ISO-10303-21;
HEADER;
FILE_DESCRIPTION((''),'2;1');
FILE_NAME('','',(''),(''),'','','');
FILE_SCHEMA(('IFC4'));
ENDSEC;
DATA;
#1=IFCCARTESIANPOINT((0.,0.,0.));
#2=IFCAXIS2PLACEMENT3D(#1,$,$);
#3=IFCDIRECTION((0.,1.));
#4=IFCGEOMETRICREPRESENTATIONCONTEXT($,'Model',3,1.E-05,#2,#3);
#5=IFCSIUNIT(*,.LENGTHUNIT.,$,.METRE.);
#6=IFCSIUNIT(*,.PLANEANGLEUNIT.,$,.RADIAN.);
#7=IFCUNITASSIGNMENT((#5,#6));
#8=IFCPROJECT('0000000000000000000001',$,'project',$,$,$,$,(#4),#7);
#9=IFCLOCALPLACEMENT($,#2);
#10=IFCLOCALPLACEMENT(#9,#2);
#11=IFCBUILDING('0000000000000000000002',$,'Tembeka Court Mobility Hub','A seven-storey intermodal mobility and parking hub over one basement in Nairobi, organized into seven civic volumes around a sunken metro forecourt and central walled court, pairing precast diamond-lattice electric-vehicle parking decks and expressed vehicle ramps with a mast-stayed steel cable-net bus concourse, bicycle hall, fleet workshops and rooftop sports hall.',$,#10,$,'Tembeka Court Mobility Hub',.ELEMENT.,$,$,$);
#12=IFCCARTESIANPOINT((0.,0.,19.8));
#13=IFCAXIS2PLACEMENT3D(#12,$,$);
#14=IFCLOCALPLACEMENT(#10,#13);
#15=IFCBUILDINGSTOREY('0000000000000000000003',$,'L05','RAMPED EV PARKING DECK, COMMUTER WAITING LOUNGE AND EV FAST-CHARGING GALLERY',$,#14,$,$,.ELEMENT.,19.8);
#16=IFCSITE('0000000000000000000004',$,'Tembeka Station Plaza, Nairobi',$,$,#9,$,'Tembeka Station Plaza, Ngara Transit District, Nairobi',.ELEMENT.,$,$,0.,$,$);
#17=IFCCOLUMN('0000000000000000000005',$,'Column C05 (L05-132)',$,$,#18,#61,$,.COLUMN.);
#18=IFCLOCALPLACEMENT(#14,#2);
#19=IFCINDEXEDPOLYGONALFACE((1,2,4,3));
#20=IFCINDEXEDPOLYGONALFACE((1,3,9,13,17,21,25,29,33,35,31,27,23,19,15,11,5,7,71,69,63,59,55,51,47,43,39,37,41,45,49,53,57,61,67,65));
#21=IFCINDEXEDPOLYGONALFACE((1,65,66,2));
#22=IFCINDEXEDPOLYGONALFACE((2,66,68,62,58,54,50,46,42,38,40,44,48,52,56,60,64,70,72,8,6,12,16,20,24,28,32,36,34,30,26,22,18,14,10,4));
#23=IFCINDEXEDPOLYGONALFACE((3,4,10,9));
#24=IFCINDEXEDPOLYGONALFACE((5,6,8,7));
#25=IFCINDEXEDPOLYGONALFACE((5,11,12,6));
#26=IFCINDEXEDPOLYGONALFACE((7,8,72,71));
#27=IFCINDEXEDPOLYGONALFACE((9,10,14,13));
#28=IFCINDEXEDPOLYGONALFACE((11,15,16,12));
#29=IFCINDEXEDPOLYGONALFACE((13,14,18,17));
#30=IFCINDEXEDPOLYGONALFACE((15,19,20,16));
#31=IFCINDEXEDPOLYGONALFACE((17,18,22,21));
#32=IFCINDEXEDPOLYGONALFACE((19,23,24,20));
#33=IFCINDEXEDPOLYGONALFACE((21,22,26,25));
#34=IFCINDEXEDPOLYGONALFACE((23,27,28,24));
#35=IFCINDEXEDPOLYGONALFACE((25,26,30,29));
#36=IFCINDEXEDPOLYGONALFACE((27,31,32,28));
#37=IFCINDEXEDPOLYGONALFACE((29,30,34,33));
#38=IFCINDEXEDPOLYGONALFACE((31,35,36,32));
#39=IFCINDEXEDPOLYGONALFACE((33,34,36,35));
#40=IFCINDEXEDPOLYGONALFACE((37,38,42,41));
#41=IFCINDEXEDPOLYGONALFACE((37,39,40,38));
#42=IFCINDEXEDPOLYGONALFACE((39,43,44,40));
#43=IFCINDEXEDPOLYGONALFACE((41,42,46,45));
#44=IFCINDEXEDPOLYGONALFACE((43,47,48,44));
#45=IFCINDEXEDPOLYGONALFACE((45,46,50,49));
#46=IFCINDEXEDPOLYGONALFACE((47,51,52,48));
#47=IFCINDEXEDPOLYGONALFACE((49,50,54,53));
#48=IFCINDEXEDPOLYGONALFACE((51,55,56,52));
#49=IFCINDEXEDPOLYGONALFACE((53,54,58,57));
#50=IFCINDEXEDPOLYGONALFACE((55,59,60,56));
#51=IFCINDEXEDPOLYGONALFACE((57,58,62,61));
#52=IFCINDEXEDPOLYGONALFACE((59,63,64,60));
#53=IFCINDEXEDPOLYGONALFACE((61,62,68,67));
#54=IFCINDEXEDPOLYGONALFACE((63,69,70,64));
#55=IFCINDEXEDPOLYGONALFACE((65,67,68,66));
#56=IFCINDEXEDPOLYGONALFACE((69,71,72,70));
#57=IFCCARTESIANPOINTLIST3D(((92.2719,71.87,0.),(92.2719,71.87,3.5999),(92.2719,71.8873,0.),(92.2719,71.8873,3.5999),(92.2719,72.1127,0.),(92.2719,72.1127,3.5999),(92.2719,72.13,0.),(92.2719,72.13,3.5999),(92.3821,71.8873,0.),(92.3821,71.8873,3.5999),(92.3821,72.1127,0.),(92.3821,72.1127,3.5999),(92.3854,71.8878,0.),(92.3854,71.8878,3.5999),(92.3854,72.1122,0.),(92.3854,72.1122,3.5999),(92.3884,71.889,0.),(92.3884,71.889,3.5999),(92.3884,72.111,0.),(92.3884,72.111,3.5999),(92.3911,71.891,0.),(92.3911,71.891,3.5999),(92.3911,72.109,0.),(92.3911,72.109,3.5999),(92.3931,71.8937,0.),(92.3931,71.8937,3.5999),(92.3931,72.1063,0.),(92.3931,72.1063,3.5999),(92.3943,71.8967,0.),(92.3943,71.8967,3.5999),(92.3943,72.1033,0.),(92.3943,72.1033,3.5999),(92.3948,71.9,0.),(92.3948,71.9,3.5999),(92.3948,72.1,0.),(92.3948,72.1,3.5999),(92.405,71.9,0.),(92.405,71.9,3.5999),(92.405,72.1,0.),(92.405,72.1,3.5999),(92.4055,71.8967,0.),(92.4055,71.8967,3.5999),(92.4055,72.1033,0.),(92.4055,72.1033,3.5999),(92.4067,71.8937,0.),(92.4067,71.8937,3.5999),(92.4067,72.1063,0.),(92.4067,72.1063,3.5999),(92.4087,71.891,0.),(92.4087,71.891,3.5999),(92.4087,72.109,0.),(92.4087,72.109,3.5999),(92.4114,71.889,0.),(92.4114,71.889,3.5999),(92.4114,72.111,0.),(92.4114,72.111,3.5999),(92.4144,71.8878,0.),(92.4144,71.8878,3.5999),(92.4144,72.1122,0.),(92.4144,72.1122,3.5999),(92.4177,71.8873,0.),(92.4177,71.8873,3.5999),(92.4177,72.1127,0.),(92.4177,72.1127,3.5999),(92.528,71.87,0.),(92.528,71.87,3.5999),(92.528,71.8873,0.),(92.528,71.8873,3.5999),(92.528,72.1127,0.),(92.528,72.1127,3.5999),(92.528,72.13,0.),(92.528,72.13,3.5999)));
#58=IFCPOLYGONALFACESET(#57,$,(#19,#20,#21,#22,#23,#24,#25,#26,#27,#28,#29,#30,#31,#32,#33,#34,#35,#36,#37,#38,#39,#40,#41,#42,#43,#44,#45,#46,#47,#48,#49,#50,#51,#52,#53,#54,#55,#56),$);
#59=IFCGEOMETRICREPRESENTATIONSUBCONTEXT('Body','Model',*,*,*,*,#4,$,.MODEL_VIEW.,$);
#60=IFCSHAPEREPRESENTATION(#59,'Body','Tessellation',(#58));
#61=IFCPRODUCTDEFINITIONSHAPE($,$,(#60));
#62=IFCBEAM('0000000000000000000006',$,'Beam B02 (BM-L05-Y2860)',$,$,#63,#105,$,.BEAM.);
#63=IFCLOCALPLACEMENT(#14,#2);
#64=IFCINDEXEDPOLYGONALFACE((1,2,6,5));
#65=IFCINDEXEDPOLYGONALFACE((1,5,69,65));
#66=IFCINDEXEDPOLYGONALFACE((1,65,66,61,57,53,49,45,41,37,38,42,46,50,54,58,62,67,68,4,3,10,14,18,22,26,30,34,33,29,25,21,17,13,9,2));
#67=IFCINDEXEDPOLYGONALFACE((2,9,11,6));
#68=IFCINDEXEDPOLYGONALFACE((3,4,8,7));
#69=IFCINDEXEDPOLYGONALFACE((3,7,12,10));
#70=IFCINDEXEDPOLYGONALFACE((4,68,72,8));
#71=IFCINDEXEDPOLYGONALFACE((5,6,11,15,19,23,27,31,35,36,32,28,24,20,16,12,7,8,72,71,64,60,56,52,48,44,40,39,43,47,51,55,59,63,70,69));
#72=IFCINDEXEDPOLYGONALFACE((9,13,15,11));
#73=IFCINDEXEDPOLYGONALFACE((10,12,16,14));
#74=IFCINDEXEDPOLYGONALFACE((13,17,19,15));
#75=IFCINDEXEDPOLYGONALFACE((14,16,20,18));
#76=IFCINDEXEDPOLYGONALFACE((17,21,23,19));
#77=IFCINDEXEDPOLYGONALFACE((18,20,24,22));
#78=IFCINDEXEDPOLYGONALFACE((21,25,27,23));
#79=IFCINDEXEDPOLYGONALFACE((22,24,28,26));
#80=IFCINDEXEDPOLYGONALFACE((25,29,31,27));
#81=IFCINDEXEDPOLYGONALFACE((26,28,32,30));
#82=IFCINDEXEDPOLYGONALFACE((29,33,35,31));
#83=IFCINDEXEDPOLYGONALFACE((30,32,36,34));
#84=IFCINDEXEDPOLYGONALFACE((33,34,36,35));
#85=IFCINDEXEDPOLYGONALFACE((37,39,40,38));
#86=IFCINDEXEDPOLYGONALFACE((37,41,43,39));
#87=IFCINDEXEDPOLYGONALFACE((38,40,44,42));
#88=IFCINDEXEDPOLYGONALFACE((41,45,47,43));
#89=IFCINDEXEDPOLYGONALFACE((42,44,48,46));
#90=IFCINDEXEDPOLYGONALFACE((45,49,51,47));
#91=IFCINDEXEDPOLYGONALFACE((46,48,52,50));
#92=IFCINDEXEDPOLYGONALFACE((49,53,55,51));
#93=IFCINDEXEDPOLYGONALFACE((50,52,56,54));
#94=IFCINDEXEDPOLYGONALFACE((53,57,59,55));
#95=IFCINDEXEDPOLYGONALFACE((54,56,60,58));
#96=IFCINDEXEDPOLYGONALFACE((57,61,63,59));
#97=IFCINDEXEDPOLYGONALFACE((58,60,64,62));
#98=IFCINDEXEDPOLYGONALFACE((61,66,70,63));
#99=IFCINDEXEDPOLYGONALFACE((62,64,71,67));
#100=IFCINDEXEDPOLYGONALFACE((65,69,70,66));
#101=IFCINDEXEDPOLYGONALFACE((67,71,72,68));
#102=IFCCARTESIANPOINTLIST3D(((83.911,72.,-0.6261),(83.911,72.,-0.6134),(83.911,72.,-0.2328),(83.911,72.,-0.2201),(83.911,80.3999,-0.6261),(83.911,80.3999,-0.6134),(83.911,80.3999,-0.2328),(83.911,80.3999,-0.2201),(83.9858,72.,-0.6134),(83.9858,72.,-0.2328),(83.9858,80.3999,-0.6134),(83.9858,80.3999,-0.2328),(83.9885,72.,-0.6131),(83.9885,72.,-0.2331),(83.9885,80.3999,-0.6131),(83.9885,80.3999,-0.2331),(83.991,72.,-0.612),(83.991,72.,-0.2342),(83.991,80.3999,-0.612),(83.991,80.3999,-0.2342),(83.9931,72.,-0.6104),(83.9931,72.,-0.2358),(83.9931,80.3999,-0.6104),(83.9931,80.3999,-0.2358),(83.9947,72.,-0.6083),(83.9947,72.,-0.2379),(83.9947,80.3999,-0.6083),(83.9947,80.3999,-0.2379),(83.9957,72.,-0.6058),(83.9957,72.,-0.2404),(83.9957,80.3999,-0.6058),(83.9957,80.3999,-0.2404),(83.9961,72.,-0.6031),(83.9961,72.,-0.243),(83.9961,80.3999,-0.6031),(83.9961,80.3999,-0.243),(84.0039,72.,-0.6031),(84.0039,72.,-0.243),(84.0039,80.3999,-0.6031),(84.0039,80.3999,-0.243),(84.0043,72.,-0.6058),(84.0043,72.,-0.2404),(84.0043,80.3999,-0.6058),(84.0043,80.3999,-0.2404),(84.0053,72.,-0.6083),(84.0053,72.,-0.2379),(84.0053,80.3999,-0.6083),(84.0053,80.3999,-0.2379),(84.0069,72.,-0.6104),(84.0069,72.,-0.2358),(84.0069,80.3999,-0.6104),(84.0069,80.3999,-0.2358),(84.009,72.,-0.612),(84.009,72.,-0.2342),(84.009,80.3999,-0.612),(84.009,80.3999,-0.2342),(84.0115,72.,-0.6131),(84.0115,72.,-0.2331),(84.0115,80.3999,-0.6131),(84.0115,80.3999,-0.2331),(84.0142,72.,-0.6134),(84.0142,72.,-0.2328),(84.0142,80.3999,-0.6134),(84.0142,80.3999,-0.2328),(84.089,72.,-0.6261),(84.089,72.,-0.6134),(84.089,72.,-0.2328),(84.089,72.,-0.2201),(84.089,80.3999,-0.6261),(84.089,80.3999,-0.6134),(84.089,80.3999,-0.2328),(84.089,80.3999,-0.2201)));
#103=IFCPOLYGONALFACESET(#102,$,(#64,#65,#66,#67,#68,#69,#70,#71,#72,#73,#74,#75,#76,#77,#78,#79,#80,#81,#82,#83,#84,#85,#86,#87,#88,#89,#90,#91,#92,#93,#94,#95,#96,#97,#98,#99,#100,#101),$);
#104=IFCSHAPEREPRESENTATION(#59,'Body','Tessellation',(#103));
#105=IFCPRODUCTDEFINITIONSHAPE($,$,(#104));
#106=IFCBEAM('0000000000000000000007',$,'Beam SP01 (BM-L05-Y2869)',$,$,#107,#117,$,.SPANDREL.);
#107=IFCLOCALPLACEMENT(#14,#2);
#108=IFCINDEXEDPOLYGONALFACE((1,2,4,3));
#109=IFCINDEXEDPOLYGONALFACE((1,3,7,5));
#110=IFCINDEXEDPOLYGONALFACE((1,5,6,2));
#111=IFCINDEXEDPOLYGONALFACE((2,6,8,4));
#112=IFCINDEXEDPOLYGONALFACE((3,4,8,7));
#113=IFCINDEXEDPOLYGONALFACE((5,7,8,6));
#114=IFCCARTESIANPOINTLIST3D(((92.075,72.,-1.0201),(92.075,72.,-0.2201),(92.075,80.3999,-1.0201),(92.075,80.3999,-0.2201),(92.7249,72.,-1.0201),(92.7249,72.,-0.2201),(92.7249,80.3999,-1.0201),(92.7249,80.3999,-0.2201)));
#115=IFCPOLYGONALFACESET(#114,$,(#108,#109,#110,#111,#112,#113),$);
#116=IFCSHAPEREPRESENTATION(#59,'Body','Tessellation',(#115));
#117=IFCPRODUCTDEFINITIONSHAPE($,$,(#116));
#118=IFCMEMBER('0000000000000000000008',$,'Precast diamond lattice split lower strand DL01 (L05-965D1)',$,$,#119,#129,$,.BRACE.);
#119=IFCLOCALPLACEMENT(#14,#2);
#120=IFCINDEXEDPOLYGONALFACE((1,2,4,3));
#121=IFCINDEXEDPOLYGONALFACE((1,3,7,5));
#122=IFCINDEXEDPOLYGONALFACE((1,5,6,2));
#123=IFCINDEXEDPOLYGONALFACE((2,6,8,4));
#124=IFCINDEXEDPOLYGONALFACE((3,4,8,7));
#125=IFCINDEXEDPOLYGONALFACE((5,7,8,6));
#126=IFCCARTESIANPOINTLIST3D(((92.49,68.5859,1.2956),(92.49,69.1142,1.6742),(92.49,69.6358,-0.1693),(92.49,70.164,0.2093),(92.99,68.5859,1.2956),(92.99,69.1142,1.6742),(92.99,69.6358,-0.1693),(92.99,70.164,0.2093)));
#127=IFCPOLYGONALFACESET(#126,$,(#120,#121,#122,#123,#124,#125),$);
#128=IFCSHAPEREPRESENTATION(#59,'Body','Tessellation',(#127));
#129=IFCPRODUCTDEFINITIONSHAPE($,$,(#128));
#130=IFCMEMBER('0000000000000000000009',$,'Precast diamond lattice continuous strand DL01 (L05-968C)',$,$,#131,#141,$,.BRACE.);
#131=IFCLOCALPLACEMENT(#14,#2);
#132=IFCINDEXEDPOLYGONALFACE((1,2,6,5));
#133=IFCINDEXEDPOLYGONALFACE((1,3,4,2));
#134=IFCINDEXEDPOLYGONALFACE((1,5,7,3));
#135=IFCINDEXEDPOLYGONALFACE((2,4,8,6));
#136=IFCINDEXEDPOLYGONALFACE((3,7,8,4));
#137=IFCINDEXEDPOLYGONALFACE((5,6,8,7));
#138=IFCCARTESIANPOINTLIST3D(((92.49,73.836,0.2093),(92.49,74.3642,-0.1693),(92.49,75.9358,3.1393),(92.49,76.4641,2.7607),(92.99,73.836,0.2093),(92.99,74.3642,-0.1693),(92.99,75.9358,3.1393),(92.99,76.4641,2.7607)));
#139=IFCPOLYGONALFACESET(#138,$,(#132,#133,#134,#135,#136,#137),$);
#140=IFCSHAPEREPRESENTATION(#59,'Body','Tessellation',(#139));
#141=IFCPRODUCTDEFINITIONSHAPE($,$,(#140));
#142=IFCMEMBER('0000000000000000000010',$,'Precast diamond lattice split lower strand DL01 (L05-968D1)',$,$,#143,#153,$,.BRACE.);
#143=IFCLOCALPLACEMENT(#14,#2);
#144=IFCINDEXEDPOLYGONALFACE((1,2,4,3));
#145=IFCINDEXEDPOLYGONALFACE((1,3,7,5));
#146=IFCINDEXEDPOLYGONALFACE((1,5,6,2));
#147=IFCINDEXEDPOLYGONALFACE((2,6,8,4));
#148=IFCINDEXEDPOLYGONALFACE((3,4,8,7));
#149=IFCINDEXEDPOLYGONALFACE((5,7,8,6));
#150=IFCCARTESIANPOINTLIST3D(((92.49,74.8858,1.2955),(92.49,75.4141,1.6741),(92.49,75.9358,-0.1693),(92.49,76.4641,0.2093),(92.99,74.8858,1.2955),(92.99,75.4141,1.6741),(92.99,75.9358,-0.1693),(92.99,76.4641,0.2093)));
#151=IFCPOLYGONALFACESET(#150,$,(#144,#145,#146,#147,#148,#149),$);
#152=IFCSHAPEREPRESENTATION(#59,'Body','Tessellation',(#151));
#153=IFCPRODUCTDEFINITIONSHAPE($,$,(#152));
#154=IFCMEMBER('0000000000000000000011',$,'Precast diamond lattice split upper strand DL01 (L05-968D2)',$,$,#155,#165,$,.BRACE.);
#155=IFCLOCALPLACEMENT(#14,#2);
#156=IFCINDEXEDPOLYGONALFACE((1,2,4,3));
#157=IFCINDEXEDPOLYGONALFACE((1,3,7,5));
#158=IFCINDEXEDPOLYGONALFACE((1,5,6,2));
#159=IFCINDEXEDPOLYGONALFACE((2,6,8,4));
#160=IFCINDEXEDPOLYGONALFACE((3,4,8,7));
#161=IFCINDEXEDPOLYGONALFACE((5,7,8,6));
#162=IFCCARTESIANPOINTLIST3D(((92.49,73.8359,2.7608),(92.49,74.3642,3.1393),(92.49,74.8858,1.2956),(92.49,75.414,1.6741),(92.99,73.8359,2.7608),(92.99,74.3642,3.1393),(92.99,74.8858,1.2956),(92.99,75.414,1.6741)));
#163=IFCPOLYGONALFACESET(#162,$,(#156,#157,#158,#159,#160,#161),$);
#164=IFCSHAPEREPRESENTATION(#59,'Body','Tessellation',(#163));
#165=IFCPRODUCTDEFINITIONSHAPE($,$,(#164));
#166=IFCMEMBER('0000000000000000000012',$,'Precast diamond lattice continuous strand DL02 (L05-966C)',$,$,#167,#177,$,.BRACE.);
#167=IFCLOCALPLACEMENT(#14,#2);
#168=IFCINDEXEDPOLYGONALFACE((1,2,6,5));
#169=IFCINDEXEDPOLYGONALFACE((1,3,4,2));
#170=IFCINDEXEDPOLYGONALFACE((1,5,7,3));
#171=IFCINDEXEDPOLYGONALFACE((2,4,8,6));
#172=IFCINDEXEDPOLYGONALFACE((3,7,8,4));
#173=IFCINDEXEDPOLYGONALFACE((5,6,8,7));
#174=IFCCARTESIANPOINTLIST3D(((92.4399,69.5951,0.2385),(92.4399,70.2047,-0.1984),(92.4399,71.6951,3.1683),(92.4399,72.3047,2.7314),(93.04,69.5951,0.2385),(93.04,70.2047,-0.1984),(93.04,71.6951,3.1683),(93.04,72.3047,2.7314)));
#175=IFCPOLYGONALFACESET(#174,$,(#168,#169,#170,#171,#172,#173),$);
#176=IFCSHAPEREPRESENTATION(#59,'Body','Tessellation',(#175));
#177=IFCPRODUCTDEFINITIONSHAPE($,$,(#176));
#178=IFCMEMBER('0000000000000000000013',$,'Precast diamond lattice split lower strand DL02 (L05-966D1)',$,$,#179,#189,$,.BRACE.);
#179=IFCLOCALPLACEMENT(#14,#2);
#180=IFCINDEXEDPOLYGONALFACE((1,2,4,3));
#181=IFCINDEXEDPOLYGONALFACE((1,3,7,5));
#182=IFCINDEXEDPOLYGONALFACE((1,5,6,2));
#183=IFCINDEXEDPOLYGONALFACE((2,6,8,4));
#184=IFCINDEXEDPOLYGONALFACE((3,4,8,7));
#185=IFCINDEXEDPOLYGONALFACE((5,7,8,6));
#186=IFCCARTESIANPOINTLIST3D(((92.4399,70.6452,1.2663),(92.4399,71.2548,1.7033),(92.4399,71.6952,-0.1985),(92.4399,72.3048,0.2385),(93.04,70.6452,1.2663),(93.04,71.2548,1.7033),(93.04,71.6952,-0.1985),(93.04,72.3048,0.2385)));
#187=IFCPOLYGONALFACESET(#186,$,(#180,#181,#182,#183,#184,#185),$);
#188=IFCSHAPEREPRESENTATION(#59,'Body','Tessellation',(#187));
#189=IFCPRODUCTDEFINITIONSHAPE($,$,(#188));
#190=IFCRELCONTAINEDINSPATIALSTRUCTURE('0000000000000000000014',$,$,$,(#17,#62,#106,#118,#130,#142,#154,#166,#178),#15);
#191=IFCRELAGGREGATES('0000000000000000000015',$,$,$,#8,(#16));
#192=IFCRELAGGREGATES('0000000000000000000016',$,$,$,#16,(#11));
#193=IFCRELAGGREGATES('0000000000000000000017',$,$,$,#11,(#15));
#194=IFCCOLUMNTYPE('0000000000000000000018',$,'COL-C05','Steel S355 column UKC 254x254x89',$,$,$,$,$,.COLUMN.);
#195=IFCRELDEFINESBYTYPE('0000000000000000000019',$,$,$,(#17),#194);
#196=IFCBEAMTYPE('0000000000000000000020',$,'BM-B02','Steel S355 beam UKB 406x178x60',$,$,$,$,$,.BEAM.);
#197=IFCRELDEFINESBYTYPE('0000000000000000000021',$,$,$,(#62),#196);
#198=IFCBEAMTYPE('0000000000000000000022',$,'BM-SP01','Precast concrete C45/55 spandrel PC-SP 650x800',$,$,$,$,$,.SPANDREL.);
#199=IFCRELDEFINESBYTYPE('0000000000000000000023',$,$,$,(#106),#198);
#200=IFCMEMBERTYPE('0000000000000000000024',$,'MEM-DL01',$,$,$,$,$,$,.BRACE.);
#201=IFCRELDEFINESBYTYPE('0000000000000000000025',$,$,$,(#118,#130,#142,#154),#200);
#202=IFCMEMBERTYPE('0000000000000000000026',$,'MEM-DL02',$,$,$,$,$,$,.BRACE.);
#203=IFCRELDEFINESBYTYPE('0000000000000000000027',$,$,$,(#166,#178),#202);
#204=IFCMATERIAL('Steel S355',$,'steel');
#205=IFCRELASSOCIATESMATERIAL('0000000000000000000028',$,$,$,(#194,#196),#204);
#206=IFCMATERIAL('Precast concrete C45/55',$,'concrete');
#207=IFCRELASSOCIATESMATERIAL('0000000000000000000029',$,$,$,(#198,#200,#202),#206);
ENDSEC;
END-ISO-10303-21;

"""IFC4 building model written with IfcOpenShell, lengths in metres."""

from ifc_helpers import new_model, si_unit, direction, frame, origin, origin_2d, place, context, subcontext, project, spatial, rectangle, i_section, extrude, material, material_profile, profile_set, type_object, element, save


model = new_model("IFC4")

# Units and contexts
model_context = context("Model", 3, precision=1e-05, world=origin(), true_north=direction((0.0, 1.0)))
body_context = subcontext(model_context, "Body", "Model", "MODEL_VIEW")
ifc_project = project(units=[si_unit("LENGTHUNIT", "METRE"), si_unit("PLANEANGLEUNIT", "RADIAN")], contexts=[model_context])

# Site, building, storey
site_placement = place(None, origin())
site = spatial("IfcSite", under=ifc_project, at=site_placement, Name="Tembeka Station Plaza, Nairobi", LongName="Tembeka Station Plaza, Ngara Transit District, Nairobi", CompositionType="ELEMENT", RefElevation=0.0)
building_placement = place(site_placement, origin())
building = spatial("IfcBuilding", under=site, at=building_placement, Name="Tembeka Court Mobility Hub", Description="A seven-storey intermodal mobility and parking hub over one basement in Nairobi, organized into seven civic volumes around a sunken metro forecourt and central walled court, pairing precast diamond-lattice electric-vehicle parking decks and expressed vehicle ramps with a mast-stayed steel cable-net bus concourse, bicycle hall, fleet workshops and rooftop sports hall.", LongName="Tembeka Court Mobility Hub", CompositionType="ELEMENT")
storey_placement = place(building_placement, frame((0.0, 0.0, 19.8)))
storey = spatial("IfcBuildingStorey", under=building, at=storey_placement, Name="L05", Description="RAMPED EV PARKING DECK, COMMUTER WAITING LOUNGE AND EV FAST-CHARGING GALLERY", CompositionType="ELEMENT", Elevation=19.8)

# Column
ifc_material_1 = material(Name="Steel S355", Category="steel")
ifc_material_profile_1 = material_profile(ifc_material_1, i_section(OverallWidth=0.2561, OverallDepth=0.26, WebThickness=0.0103, FlangeThickness=0.0173, FilletRadius=0.0127, at=origin_2d()), Name="UKC 254x254x89")
ifc_profile_set_1 = profile_set([ifc_material_profile_1], Name="Steel S355")
column_type = type_object("IfcColumnType", Name="COL-C05", Description="Steel S355 column UKC 254x254x89", PredefinedType="COLUMN", material=ifc_profile_set_1)
column_placement = place(storey_placement, frame((92.3999, 72.0, 0.0), z_axis=(0.0, 0.0, 1.0), x_axis=(1.0, 0.0, 0.0)))
element("IfcColumn", 1, at=column_placement, inside=storey, type_object=column_type, Name="Column C05 (L05-132)", PredefinedType="COLUMN", context=body_context, shape_type="SweptSolid", body=[
    extrude(i_section(OverallWidth=0.2561, OverallDepth=0.26, WebThickness=0.0103, FlangeThickness=0.0173, FilletRadius=0.0127, at=origin_2d()), origin(), (0.0, 0.0, 1.0), 3.5999),
])

# Beams
ifc_material_profile_2 = material_profile(ifc_material_1, i_section(OverallWidth=0.178, OverallDepth=0.406, WebThickness=0.0078, FlangeThickness=0.0127, FilletRadius=0.0103, at=origin_2d()), Name="UKB 406x178x60")
ifc_profile_set_2 = profile_set([ifc_material_profile_2], Name="Steel S355")
beam_type_1 = type_object("IfcBeamType", Name="BM-B02", Description="Steel S355 beam UKB 406x178x60", PredefinedType="BEAM", material=ifc_profile_set_2)
beam_1_placement = place(storey_placement, frame((84.0, 72.0, -0.4231), z_axis=(0.0, 1.0, 0.0), x_axis=(-1.0, 0.0, 0.0)))
element("IfcBeam", 2, at=beam_1_placement, inside=storey, type_object=beam_type_1, Name="Beam B02 (BM-L05-Y2860)", PredefinedType="BEAM", context=body_context, shape_type="SweptSolid", body=[
    extrude(i_section(OverallWidth=0.178, OverallDepth=0.406, WebThickness=0.0078, FlangeThickness=0.0127, FilletRadius=0.0103, at=origin_2d()), origin(), (0.0, 0.0, 1.0), 8.3999),
])
ifc_material_2 = material(Name="Precast concrete C45/55", Category="concrete")
ifc_material_profile_3 = material_profile(ifc_material_2, rectangle(XDim=0.6499, YDim=0.8, at=origin_2d()), Name="PC-SP 650x800")
ifc_profile_set_3 = profile_set([ifc_material_profile_3], Name="Precast concrete C45/55")
beam_type_2 = type_object("IfcBeamType", Name="BM-SP01", Description="Precast concrete C45/55 spandrel PC-SP 650x800", PredefinedType="SPANDREL", material=ifc_profile_set_3)
beam_2_placement = place(storey_placement, frame((92.3999, 72.0, -0.6201), z_axis=(0.0, 1.0, 0.0), x_axis=(-1.0, 0.0, 0.0)))
element("IfcBeam", 3, at=beam_2_placement, inside=storey, type_object=beam_type_2, Name="Beam SP01 (BM-L05-Y2869)", PredefinedType="SPANDREL", context=body_context, shape_type="SweptSolid", body=[
    extrude(rectangle(XDim=0.6499, YDim=0.8, at=origin_2d()), origin(), (0.0, 0.0, 1.0), 8.3999),
])

# Members
ifc_material_profile_4 = material_profile(ifc_material_2, rectangle(XDim=0.5, YDim=0.6499, at=origin_2d()), Name="PC-DIAG 500x650")
ifc_profile_set_4 = profile_set([ifc_material_profile_4], Name="Precast concrete C45/55")
member_type_1 = type_object("IfcMemberType", Name="MEM-DL01", PredefinedType="BRACE", material=ifc_profile_set_4)
member_1_placement = place(storey_placement, frame((92.74, 69.8999, 0.02), z_axis=(0.0, -0.582519, 0.812817), x_axis=(1.0, 0.0, 0.0)))
element("IfcMember", 4, at=member_1_placement, inside=storey, type_object=member_type_1, Name="Precast diamond lattice split lower strand DL01 (L05-965D1)", PredefinedType="BRACE", context=body_context, shape_type="SweptSolid", body=[
    extrude(rectangle(XDim=0.5, YDim=0.6499, at=origin_2d()), origin(), (0.0, 0.0, 1.0), 1.8022),
])
member_2_placement = place(storey_placement, frame((92.74, 74.1001, 0.02), z_axis=(0.0, 0.582532, 0.812808), x_axis=(-1.0, 0.0, 0.0)))
element("IfcMember", 5, at=member_2_placement, inside=storey, type_object=member_type_1, Name="Precast diamond lattice continuous strand DL01 (L05-968C)", PredefinedType="BRACE", context=body_context, shape_type="SweptSolid", body=[
    extrude(rectangle(XDim=0.5, YDim=0.6499, at=origin_2d()), origin(), (0.0, 0.0, 1.0), 3.6047),
])
member_3_placement = place(storey_placement, frame((92.74, 76.2, 0.02), z_axis=(0.0, -0.582608, 0.812753), x_axis=(1.0, 0.0, 0.0)))
element("IfcMember", 6, at=member_3_placement, inside=storey, type_object=member_type_1, Name="Precast diamond lattice split lower strand DL01 (L05-968D1)", PredefinedType="BRACE", context=body_context, shape_type="SweptSolid", body=[
    extrude(rectangle(XDim=0.5, YDim=0.6499, at=origin_2d()), origin(), (0.0, 0.0, 1.0), 1.8022),
])
member_4_placement = place(storey_placement, frame((92.74, 75.1499, 1.4849), z_axis=(0.0, -0.582455, 0.812863), x_axis=(1.0, 0.0, 0.0)))
element("IfcMember", 7, at=member_4_placement, inside=storey, type_object=member_type_1, Name="Precast diamond lattice split upper strand DL01 (L05-968D2)", PredefinedType="BRACE", context=body_context, shape_type="SweptSolid", body=[
    extrude(rectangle(XDim=0.5, YDim=0.6499, at=origin_2d()), origin(), (0.0, 0.0, 1.0), 1.8025),
])
ifc_material_profile_5 = material_profile(ifc_material_2, rectangle(XDim=0.6001, YDim=0.75, at=origin_2d()), Name="PC-DIAG 600x750")
ifc_profile_set_5 = profile_set([ifc_material_profile_5], Name="Precast concrete C45/55")
member_type_2 = type_object("IfcMemberType", Name="MEM-DL02", PredefinedType="BRACE", material=ifc_profile_set_5)
member_5_placement = place(storey_placement, frame((92.74, 69.8999, 0.02), z_axis=(0.0, 0.582576, 0.812776), x_axis=(-1.0, 0.0, 0.0)))
element("IfcMember", 8, at=member_5_placement, inside=storey, type_object=member_type_2, Name="Precast diamond lattice continuous strand DL02 (L05-966C)", PredefinedType="BRACE", context=body_context, shape_type="SweptSolid", body=[
    extrude(rectangle(XDim=0.6001, YDim=0.75, at=origin_2d()), origin(), (0.0, 0.0, 1.0), 3.6047),
])
member_6_placement = place(storey_placement, frame((92.74, 72.0, 0.02), z_axis=(0.0, -0.582608, 0.812753), x_axis=(1.0, 0.0, 0.0)))
element("IfcMember", 9, at=member_6_placement, inside=storey, type_object=member_type_2, Name="Precast diamond lattice split lower strand DL02 (L05-966D1)", PredefinedType="BRACE", context=body_context, shape_type="SweptSolid", body=[
    extrude(rectangle(XDim=0.6001, YDim=0.75, at=origin_2d()), origin(), (0.0, 0.0, 1.0), 1.8022),
])

save(model, "model.ifc")
